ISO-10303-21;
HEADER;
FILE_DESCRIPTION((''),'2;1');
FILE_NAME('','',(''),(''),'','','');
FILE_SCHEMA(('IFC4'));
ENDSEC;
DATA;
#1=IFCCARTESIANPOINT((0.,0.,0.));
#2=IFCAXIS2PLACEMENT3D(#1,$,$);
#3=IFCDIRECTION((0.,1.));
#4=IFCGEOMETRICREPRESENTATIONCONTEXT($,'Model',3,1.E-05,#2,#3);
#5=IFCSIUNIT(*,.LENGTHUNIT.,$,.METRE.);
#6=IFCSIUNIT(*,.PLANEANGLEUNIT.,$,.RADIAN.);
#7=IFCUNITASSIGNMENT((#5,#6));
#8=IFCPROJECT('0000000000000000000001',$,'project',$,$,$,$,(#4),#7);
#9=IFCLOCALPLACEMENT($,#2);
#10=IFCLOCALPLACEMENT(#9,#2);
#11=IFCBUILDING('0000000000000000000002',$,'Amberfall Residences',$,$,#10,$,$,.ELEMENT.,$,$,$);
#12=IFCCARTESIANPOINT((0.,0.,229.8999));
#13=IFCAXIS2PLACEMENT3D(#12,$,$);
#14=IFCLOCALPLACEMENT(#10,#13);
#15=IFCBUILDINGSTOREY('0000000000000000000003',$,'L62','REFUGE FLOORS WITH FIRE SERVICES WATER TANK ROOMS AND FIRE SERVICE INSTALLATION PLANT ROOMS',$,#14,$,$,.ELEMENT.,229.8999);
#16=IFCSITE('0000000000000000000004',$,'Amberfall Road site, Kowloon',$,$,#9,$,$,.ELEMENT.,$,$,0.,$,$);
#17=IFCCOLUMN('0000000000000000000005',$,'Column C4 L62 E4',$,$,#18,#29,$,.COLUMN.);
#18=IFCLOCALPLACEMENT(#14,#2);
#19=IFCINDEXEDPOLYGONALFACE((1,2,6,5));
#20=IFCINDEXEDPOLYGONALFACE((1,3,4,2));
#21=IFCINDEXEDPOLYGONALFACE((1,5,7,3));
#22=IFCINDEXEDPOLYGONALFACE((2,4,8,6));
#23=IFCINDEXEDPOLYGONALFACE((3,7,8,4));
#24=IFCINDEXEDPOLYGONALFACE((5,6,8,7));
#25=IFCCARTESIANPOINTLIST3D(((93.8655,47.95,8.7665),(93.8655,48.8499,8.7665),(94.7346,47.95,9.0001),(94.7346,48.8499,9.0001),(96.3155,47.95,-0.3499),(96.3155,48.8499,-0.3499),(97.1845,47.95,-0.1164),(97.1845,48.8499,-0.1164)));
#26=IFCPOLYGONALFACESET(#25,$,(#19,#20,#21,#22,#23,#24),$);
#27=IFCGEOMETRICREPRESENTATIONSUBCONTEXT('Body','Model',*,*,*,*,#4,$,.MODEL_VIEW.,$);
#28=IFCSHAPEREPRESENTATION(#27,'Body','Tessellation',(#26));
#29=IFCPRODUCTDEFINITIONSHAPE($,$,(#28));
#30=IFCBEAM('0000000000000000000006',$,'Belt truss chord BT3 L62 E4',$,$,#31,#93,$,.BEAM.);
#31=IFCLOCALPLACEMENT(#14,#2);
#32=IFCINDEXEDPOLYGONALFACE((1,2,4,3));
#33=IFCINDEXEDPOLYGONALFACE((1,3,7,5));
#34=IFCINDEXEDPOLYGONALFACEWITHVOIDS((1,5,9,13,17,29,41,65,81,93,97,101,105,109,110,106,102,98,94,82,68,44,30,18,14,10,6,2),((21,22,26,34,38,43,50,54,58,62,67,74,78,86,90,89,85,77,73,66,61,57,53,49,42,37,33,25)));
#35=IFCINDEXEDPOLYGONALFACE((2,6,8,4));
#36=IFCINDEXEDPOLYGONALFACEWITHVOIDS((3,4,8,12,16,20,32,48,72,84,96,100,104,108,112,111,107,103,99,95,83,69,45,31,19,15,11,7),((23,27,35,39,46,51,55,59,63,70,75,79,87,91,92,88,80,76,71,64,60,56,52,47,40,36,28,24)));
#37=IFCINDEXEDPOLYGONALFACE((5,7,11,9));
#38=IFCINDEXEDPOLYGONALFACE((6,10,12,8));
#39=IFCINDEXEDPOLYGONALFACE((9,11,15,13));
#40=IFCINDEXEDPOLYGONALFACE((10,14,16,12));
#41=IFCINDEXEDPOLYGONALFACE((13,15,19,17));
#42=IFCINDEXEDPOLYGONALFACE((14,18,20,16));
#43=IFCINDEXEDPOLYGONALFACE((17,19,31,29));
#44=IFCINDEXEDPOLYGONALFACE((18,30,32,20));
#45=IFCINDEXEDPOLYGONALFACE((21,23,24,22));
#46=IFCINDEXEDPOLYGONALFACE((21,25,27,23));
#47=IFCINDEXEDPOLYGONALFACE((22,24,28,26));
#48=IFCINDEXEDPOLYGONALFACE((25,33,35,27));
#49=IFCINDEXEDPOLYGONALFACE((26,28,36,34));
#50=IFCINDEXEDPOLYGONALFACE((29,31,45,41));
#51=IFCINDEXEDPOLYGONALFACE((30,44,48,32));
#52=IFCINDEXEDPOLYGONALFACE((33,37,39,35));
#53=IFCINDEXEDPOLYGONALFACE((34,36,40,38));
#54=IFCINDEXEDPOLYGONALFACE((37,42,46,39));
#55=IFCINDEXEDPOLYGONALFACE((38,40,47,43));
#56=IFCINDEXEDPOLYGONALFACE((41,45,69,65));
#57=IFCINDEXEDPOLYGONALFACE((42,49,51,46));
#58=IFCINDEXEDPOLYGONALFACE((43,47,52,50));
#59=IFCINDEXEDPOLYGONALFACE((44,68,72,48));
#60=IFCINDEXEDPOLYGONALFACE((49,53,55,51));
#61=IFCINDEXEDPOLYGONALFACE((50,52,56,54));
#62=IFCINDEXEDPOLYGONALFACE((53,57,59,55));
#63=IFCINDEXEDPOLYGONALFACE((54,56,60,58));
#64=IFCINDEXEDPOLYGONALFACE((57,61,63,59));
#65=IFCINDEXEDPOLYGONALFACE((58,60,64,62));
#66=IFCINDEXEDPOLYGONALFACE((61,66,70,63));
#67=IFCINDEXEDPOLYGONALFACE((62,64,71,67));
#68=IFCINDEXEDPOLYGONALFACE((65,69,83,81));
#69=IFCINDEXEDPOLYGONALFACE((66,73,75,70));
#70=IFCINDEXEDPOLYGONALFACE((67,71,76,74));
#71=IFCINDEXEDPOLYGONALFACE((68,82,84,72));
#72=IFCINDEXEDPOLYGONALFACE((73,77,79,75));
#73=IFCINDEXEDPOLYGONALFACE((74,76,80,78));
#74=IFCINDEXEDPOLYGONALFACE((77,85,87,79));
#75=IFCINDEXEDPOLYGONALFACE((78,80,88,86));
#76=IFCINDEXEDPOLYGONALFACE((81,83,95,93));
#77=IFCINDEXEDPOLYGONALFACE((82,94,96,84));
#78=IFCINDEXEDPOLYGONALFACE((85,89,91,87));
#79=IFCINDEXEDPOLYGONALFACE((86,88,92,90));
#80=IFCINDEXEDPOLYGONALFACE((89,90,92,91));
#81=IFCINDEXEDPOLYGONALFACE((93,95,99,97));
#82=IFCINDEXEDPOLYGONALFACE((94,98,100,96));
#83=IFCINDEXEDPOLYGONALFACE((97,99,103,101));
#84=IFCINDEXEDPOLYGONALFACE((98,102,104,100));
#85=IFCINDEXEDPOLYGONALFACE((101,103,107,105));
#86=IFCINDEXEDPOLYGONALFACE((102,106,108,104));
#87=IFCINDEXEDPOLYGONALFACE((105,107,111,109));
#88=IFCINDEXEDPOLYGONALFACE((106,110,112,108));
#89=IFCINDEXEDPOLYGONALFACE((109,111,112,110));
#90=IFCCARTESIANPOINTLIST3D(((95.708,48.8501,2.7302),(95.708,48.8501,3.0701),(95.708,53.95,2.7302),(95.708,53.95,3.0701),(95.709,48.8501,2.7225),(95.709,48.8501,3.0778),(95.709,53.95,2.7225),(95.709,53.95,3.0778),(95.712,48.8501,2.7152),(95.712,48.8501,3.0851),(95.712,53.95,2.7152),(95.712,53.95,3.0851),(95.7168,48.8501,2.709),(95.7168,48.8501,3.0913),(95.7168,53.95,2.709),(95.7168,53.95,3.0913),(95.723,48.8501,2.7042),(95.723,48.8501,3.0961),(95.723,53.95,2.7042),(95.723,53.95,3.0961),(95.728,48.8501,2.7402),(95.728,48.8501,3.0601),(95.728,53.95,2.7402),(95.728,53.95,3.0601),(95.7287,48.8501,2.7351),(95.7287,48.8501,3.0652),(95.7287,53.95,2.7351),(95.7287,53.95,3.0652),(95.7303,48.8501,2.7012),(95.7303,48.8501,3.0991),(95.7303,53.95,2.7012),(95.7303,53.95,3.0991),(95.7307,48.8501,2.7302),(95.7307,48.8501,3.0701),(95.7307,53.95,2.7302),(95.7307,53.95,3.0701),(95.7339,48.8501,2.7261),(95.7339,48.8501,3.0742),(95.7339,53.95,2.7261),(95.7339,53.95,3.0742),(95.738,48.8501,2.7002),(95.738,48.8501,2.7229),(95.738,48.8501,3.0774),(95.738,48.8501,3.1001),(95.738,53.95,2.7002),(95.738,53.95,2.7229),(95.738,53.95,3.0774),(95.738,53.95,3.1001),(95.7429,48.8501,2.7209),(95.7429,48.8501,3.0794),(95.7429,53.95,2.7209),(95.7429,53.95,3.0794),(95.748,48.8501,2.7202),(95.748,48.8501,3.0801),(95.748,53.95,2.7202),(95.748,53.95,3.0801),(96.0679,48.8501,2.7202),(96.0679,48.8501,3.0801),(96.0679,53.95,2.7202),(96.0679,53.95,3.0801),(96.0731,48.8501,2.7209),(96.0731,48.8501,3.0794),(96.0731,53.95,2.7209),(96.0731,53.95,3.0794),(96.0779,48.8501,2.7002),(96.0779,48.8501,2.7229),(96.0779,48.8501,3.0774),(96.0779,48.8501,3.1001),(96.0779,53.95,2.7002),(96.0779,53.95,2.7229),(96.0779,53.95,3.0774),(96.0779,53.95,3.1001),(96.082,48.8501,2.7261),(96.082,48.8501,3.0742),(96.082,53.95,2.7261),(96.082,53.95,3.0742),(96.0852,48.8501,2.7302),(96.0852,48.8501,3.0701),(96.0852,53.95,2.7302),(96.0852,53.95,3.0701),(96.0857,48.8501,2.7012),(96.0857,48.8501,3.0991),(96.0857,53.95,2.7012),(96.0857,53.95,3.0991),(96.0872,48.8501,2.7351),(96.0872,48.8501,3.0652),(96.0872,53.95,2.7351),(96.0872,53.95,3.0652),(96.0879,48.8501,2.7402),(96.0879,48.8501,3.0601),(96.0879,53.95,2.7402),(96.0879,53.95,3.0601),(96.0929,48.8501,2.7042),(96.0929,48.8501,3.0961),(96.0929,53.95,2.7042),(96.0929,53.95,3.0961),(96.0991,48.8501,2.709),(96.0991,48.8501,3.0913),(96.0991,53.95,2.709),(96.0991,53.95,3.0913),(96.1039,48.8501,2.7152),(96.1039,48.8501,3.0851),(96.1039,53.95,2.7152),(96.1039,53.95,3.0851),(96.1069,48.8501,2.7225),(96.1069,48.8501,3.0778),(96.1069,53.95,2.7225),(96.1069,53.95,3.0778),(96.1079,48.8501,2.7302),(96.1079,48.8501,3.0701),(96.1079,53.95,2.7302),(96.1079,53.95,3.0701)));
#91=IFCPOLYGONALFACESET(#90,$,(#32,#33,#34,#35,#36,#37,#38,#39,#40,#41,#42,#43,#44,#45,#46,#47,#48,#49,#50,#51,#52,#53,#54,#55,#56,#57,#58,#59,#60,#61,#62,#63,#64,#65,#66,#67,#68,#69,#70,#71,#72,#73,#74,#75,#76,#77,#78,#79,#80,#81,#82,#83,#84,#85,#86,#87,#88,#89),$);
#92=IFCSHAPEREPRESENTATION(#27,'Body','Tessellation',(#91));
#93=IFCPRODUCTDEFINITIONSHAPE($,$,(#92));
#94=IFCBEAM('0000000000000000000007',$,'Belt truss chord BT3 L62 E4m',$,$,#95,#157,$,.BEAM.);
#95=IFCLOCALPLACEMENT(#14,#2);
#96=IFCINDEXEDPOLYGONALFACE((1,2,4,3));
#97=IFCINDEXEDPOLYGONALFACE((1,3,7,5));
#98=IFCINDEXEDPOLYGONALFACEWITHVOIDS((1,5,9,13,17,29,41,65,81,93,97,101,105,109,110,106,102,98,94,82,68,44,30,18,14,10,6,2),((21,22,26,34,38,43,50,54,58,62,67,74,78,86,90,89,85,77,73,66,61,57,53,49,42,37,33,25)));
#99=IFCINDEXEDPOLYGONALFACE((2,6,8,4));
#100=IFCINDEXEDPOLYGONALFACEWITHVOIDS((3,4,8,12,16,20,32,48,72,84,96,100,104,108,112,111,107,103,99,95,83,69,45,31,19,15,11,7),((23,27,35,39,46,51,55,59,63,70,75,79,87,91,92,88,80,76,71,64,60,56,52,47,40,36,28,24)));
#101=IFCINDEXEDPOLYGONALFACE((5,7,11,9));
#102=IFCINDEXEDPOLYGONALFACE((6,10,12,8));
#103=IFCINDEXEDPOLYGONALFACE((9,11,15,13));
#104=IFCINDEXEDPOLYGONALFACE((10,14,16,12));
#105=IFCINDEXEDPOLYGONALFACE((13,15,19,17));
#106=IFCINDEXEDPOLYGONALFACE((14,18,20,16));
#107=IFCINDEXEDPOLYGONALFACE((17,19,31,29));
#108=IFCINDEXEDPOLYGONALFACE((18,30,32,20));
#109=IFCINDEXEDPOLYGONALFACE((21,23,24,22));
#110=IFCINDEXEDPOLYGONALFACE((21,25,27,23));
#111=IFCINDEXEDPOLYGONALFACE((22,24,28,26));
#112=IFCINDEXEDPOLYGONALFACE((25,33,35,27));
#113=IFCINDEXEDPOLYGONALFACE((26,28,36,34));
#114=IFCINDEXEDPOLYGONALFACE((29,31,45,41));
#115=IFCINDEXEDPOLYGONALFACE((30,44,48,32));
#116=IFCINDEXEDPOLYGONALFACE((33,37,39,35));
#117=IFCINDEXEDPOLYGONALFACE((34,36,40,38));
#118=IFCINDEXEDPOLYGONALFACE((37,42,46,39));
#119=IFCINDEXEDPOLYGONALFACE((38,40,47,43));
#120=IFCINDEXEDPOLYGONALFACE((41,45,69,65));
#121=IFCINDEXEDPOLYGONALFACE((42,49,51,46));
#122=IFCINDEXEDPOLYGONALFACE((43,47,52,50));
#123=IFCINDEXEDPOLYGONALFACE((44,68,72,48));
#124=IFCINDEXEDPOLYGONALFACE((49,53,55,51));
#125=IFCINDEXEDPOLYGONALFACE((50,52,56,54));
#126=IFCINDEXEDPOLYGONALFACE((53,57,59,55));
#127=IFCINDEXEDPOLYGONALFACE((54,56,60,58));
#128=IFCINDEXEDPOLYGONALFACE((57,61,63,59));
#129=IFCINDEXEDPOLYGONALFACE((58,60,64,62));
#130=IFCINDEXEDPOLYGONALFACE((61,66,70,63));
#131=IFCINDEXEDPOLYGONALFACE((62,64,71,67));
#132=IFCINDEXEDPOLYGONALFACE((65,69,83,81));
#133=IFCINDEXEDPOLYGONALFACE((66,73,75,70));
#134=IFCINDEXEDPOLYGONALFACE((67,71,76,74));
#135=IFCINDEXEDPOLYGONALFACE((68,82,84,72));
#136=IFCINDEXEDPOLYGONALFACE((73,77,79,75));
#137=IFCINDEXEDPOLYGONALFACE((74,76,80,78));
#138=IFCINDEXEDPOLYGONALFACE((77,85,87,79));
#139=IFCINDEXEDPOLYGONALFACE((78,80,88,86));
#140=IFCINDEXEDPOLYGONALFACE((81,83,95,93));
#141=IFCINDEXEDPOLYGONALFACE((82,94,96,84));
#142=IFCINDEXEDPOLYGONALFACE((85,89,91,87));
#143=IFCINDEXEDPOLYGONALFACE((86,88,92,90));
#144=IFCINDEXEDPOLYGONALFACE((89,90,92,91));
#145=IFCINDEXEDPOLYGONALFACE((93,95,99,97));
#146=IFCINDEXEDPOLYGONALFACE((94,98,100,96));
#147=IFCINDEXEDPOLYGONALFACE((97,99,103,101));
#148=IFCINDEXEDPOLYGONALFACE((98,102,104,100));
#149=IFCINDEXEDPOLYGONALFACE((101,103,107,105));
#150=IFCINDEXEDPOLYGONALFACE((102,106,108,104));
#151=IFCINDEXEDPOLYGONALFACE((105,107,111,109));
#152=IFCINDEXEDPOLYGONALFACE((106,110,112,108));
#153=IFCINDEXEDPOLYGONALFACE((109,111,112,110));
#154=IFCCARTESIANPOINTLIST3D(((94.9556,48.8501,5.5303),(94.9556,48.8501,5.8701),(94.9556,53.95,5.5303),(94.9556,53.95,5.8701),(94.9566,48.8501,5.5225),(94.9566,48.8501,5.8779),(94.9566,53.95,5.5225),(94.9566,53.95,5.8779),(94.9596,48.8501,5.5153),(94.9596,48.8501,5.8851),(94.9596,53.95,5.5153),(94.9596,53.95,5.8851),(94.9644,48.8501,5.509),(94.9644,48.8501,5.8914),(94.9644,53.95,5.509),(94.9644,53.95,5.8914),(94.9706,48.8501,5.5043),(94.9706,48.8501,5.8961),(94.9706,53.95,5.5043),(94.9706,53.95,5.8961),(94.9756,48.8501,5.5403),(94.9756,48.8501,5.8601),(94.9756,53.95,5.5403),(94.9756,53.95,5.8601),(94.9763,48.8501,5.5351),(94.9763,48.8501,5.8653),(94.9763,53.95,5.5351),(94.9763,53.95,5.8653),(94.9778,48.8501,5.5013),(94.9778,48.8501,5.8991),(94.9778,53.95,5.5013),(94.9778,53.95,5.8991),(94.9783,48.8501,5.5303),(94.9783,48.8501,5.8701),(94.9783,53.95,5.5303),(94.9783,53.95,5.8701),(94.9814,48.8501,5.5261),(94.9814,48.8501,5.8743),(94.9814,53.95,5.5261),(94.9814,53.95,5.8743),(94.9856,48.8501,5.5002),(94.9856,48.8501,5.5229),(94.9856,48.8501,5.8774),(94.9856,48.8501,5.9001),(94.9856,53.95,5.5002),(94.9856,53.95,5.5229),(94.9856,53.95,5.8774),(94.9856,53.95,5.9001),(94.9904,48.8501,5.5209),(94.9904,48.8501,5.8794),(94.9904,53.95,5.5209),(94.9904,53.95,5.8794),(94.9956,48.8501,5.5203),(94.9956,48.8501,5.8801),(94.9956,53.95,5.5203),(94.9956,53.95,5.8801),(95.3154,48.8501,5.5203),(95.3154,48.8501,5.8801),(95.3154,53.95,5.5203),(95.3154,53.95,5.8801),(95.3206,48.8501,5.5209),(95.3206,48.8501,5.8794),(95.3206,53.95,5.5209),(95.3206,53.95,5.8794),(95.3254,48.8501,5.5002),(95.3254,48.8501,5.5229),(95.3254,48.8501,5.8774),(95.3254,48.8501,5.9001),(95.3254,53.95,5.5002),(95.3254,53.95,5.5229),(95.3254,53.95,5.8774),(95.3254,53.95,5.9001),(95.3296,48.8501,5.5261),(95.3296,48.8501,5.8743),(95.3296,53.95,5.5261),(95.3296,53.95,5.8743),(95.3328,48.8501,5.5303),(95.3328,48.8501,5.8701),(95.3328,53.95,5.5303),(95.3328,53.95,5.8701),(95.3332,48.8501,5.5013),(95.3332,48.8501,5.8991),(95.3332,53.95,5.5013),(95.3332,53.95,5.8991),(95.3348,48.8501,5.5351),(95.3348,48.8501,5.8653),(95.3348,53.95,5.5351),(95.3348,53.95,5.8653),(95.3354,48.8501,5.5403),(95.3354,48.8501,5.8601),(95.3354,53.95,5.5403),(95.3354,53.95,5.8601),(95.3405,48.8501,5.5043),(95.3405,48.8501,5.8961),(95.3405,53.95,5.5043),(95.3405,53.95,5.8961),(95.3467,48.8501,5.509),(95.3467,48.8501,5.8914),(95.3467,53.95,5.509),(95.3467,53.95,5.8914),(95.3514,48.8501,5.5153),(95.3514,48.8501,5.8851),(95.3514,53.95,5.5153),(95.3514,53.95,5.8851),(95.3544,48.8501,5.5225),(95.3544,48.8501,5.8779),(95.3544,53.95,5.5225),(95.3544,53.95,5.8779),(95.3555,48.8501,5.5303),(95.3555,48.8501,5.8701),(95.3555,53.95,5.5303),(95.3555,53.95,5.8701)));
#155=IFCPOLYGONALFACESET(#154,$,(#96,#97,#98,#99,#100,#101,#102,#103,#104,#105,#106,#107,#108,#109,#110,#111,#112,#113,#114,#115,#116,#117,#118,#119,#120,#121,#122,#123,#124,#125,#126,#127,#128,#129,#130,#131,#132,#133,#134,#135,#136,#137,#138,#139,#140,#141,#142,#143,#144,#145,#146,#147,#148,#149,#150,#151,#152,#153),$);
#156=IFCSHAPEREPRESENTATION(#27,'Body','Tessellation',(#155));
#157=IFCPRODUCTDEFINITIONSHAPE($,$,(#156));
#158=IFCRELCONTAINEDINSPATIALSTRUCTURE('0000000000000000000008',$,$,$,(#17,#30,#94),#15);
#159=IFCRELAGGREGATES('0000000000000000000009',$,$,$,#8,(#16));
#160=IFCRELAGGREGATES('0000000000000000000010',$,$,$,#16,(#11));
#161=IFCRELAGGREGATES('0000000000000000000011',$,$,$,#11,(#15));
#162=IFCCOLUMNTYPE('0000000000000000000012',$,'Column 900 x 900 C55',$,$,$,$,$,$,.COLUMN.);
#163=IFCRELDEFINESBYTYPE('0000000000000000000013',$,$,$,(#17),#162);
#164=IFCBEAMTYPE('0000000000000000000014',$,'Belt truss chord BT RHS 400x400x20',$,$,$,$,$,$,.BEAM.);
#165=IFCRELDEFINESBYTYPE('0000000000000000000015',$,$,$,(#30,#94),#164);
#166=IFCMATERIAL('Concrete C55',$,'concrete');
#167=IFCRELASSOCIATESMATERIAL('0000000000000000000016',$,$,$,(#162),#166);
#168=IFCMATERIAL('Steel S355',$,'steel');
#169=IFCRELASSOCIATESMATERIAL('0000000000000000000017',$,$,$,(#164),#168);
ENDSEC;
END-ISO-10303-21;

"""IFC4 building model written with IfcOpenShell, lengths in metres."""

from ifc_helpers import new_model, si_unit, direction, frame, origin, origin_2d, place, context, subcontext, project, spatial, rectangle, hollow_rectangle, extrude, material, material_profile, profile_set, type_object, element, save


model = new_model("IFC4")

# Units and contexts
model_context = context("Model", 3, precision=1e-05, world=origin(), true_north=direction((0.0, 1.0)))
body_context = subcontext(model_context, "Body", "Model", "MODEL_VIEW")
ifc_project = project(units=[si_unit("LENGTHUNIT", "METRE"), si_unit("PLANEANGLEUNIT", "RADIAN")], contexts=[model_context])

# Site, building, storey
site_placement = place(None, origin())
site = spatial("IfcSite", under=ifc_project, at=site_placement, Name="Amberfall Road site, Kowloon", CompositionType="ELEMENT", RefElevation=0.0)
building_placement = place(site_placement, origin())
building = spatial("IfcBuilding", under=site, at=building_placement, Name="Amberfall Residences", CompositionType="ELEMENT")
storey_placement = place(building_placement, frame((0.0, 0.0, 229.8999)))
storey = spatial("IfcBuildingStorey", under=building, at=storey_placement, Name="L62", Description="REFUGE FLOORS WITH FIRE SERVICES WATER TANK ROOMS AND FIRE SERVICE INSTALLATION PLANT ROOMS", CompositionType="ELEMENT", Elevation=229.8999)

# Column
ifc_material_1 = material(Name="Concrete C55", Category="concrete")
ifc_material_profile_1 = material_profile(ifc_material_1, rectangle(XDim=0.8999, YDim=0.8999, at=origin_2d()), Name="Column 900 x 900 C55")
ifc_profile_set_1 = profile_set([ifc_material_profile_1], Name="Concrete C55")
column_type = type_object("IfcColumnType", Name="Column 900 x 900 C55", PredefinedType="COLUMN", material=ifc_profile_set_1)
column_placement = place(storey_placement, frame((96.75, 48.3999, -0.2332), z_axis=(-0.259531, 0.0, 0.965735), x_axis=(0.0, -1.0, 0.0)))
element("IfcColumn", 1, at=column_placement, inside=storey, type_object=column_type, Name="Column C4 L62 E4", PredefinedType="COLUMN", context=body_context, shape_type="SweptSolid", body=[
    extrude(rectangle(XDim=0.8999, YDim=0.8999, at=origin_2d()), origin(), (0.0, 0.0, 1.0), 9.4399),
])

# Beams
ifc_material_2 = material(Name="Steel S355", Category="steel")
ifc_material_profile_2 = material_profile(ifc_material_2, hollow_rectangle(XDim=0.3999, YDim=0.3999, WallThickness=0.02, InnerFilletRadius=0.02, OuterFilletRadius=0.03, at=origin_2d()), Name="RHS 400x400x20")
ifc_profile_set_2 = profile_set([ifc_material_profile_2], Name="Steel S355")
beam_type_1 = type_object("IfcBeamType", Name="Belt truss chord BT RHS 400x400x20", PredefinedType="BEAM", material=ifc_profile_set_2)
for number, where, z_axis, x_axis, name in (
    (2, (95.908, 48.8501, 2.9001), (0.0, 1.0, 0.0), (-1.0, 0.0, 0.0), "Belt truss chord BT3 L62 E4"),
    (3, (95.1555, 48.8501, 5.7002), (0.0, 1.0, 0.0), (-1.0, 0.0, 0.0), "Belt truss chord BT3 L62 E4m"),
):
    element("IfcBeam", number, at=place(storey_placement, frame(where, z_axis=z_axis, x_axis=x_axis)), inside=storey, type_object=beam_type_1, Name=name, PredefinedType="BEAM", context=body_context, shape_type="SweptSolid", body=[
        extrude(hollow_rectangle(XDim=0.3999, YDim=0.3999, WallThickness=0.02, InnerFilletRadius=0.02, OuterFilletRadius=0.03, at=origin_2d()), origin(), (0.0, 0.0, 1.0), 5.0999),
    ])

save(model, "model.ifc")
